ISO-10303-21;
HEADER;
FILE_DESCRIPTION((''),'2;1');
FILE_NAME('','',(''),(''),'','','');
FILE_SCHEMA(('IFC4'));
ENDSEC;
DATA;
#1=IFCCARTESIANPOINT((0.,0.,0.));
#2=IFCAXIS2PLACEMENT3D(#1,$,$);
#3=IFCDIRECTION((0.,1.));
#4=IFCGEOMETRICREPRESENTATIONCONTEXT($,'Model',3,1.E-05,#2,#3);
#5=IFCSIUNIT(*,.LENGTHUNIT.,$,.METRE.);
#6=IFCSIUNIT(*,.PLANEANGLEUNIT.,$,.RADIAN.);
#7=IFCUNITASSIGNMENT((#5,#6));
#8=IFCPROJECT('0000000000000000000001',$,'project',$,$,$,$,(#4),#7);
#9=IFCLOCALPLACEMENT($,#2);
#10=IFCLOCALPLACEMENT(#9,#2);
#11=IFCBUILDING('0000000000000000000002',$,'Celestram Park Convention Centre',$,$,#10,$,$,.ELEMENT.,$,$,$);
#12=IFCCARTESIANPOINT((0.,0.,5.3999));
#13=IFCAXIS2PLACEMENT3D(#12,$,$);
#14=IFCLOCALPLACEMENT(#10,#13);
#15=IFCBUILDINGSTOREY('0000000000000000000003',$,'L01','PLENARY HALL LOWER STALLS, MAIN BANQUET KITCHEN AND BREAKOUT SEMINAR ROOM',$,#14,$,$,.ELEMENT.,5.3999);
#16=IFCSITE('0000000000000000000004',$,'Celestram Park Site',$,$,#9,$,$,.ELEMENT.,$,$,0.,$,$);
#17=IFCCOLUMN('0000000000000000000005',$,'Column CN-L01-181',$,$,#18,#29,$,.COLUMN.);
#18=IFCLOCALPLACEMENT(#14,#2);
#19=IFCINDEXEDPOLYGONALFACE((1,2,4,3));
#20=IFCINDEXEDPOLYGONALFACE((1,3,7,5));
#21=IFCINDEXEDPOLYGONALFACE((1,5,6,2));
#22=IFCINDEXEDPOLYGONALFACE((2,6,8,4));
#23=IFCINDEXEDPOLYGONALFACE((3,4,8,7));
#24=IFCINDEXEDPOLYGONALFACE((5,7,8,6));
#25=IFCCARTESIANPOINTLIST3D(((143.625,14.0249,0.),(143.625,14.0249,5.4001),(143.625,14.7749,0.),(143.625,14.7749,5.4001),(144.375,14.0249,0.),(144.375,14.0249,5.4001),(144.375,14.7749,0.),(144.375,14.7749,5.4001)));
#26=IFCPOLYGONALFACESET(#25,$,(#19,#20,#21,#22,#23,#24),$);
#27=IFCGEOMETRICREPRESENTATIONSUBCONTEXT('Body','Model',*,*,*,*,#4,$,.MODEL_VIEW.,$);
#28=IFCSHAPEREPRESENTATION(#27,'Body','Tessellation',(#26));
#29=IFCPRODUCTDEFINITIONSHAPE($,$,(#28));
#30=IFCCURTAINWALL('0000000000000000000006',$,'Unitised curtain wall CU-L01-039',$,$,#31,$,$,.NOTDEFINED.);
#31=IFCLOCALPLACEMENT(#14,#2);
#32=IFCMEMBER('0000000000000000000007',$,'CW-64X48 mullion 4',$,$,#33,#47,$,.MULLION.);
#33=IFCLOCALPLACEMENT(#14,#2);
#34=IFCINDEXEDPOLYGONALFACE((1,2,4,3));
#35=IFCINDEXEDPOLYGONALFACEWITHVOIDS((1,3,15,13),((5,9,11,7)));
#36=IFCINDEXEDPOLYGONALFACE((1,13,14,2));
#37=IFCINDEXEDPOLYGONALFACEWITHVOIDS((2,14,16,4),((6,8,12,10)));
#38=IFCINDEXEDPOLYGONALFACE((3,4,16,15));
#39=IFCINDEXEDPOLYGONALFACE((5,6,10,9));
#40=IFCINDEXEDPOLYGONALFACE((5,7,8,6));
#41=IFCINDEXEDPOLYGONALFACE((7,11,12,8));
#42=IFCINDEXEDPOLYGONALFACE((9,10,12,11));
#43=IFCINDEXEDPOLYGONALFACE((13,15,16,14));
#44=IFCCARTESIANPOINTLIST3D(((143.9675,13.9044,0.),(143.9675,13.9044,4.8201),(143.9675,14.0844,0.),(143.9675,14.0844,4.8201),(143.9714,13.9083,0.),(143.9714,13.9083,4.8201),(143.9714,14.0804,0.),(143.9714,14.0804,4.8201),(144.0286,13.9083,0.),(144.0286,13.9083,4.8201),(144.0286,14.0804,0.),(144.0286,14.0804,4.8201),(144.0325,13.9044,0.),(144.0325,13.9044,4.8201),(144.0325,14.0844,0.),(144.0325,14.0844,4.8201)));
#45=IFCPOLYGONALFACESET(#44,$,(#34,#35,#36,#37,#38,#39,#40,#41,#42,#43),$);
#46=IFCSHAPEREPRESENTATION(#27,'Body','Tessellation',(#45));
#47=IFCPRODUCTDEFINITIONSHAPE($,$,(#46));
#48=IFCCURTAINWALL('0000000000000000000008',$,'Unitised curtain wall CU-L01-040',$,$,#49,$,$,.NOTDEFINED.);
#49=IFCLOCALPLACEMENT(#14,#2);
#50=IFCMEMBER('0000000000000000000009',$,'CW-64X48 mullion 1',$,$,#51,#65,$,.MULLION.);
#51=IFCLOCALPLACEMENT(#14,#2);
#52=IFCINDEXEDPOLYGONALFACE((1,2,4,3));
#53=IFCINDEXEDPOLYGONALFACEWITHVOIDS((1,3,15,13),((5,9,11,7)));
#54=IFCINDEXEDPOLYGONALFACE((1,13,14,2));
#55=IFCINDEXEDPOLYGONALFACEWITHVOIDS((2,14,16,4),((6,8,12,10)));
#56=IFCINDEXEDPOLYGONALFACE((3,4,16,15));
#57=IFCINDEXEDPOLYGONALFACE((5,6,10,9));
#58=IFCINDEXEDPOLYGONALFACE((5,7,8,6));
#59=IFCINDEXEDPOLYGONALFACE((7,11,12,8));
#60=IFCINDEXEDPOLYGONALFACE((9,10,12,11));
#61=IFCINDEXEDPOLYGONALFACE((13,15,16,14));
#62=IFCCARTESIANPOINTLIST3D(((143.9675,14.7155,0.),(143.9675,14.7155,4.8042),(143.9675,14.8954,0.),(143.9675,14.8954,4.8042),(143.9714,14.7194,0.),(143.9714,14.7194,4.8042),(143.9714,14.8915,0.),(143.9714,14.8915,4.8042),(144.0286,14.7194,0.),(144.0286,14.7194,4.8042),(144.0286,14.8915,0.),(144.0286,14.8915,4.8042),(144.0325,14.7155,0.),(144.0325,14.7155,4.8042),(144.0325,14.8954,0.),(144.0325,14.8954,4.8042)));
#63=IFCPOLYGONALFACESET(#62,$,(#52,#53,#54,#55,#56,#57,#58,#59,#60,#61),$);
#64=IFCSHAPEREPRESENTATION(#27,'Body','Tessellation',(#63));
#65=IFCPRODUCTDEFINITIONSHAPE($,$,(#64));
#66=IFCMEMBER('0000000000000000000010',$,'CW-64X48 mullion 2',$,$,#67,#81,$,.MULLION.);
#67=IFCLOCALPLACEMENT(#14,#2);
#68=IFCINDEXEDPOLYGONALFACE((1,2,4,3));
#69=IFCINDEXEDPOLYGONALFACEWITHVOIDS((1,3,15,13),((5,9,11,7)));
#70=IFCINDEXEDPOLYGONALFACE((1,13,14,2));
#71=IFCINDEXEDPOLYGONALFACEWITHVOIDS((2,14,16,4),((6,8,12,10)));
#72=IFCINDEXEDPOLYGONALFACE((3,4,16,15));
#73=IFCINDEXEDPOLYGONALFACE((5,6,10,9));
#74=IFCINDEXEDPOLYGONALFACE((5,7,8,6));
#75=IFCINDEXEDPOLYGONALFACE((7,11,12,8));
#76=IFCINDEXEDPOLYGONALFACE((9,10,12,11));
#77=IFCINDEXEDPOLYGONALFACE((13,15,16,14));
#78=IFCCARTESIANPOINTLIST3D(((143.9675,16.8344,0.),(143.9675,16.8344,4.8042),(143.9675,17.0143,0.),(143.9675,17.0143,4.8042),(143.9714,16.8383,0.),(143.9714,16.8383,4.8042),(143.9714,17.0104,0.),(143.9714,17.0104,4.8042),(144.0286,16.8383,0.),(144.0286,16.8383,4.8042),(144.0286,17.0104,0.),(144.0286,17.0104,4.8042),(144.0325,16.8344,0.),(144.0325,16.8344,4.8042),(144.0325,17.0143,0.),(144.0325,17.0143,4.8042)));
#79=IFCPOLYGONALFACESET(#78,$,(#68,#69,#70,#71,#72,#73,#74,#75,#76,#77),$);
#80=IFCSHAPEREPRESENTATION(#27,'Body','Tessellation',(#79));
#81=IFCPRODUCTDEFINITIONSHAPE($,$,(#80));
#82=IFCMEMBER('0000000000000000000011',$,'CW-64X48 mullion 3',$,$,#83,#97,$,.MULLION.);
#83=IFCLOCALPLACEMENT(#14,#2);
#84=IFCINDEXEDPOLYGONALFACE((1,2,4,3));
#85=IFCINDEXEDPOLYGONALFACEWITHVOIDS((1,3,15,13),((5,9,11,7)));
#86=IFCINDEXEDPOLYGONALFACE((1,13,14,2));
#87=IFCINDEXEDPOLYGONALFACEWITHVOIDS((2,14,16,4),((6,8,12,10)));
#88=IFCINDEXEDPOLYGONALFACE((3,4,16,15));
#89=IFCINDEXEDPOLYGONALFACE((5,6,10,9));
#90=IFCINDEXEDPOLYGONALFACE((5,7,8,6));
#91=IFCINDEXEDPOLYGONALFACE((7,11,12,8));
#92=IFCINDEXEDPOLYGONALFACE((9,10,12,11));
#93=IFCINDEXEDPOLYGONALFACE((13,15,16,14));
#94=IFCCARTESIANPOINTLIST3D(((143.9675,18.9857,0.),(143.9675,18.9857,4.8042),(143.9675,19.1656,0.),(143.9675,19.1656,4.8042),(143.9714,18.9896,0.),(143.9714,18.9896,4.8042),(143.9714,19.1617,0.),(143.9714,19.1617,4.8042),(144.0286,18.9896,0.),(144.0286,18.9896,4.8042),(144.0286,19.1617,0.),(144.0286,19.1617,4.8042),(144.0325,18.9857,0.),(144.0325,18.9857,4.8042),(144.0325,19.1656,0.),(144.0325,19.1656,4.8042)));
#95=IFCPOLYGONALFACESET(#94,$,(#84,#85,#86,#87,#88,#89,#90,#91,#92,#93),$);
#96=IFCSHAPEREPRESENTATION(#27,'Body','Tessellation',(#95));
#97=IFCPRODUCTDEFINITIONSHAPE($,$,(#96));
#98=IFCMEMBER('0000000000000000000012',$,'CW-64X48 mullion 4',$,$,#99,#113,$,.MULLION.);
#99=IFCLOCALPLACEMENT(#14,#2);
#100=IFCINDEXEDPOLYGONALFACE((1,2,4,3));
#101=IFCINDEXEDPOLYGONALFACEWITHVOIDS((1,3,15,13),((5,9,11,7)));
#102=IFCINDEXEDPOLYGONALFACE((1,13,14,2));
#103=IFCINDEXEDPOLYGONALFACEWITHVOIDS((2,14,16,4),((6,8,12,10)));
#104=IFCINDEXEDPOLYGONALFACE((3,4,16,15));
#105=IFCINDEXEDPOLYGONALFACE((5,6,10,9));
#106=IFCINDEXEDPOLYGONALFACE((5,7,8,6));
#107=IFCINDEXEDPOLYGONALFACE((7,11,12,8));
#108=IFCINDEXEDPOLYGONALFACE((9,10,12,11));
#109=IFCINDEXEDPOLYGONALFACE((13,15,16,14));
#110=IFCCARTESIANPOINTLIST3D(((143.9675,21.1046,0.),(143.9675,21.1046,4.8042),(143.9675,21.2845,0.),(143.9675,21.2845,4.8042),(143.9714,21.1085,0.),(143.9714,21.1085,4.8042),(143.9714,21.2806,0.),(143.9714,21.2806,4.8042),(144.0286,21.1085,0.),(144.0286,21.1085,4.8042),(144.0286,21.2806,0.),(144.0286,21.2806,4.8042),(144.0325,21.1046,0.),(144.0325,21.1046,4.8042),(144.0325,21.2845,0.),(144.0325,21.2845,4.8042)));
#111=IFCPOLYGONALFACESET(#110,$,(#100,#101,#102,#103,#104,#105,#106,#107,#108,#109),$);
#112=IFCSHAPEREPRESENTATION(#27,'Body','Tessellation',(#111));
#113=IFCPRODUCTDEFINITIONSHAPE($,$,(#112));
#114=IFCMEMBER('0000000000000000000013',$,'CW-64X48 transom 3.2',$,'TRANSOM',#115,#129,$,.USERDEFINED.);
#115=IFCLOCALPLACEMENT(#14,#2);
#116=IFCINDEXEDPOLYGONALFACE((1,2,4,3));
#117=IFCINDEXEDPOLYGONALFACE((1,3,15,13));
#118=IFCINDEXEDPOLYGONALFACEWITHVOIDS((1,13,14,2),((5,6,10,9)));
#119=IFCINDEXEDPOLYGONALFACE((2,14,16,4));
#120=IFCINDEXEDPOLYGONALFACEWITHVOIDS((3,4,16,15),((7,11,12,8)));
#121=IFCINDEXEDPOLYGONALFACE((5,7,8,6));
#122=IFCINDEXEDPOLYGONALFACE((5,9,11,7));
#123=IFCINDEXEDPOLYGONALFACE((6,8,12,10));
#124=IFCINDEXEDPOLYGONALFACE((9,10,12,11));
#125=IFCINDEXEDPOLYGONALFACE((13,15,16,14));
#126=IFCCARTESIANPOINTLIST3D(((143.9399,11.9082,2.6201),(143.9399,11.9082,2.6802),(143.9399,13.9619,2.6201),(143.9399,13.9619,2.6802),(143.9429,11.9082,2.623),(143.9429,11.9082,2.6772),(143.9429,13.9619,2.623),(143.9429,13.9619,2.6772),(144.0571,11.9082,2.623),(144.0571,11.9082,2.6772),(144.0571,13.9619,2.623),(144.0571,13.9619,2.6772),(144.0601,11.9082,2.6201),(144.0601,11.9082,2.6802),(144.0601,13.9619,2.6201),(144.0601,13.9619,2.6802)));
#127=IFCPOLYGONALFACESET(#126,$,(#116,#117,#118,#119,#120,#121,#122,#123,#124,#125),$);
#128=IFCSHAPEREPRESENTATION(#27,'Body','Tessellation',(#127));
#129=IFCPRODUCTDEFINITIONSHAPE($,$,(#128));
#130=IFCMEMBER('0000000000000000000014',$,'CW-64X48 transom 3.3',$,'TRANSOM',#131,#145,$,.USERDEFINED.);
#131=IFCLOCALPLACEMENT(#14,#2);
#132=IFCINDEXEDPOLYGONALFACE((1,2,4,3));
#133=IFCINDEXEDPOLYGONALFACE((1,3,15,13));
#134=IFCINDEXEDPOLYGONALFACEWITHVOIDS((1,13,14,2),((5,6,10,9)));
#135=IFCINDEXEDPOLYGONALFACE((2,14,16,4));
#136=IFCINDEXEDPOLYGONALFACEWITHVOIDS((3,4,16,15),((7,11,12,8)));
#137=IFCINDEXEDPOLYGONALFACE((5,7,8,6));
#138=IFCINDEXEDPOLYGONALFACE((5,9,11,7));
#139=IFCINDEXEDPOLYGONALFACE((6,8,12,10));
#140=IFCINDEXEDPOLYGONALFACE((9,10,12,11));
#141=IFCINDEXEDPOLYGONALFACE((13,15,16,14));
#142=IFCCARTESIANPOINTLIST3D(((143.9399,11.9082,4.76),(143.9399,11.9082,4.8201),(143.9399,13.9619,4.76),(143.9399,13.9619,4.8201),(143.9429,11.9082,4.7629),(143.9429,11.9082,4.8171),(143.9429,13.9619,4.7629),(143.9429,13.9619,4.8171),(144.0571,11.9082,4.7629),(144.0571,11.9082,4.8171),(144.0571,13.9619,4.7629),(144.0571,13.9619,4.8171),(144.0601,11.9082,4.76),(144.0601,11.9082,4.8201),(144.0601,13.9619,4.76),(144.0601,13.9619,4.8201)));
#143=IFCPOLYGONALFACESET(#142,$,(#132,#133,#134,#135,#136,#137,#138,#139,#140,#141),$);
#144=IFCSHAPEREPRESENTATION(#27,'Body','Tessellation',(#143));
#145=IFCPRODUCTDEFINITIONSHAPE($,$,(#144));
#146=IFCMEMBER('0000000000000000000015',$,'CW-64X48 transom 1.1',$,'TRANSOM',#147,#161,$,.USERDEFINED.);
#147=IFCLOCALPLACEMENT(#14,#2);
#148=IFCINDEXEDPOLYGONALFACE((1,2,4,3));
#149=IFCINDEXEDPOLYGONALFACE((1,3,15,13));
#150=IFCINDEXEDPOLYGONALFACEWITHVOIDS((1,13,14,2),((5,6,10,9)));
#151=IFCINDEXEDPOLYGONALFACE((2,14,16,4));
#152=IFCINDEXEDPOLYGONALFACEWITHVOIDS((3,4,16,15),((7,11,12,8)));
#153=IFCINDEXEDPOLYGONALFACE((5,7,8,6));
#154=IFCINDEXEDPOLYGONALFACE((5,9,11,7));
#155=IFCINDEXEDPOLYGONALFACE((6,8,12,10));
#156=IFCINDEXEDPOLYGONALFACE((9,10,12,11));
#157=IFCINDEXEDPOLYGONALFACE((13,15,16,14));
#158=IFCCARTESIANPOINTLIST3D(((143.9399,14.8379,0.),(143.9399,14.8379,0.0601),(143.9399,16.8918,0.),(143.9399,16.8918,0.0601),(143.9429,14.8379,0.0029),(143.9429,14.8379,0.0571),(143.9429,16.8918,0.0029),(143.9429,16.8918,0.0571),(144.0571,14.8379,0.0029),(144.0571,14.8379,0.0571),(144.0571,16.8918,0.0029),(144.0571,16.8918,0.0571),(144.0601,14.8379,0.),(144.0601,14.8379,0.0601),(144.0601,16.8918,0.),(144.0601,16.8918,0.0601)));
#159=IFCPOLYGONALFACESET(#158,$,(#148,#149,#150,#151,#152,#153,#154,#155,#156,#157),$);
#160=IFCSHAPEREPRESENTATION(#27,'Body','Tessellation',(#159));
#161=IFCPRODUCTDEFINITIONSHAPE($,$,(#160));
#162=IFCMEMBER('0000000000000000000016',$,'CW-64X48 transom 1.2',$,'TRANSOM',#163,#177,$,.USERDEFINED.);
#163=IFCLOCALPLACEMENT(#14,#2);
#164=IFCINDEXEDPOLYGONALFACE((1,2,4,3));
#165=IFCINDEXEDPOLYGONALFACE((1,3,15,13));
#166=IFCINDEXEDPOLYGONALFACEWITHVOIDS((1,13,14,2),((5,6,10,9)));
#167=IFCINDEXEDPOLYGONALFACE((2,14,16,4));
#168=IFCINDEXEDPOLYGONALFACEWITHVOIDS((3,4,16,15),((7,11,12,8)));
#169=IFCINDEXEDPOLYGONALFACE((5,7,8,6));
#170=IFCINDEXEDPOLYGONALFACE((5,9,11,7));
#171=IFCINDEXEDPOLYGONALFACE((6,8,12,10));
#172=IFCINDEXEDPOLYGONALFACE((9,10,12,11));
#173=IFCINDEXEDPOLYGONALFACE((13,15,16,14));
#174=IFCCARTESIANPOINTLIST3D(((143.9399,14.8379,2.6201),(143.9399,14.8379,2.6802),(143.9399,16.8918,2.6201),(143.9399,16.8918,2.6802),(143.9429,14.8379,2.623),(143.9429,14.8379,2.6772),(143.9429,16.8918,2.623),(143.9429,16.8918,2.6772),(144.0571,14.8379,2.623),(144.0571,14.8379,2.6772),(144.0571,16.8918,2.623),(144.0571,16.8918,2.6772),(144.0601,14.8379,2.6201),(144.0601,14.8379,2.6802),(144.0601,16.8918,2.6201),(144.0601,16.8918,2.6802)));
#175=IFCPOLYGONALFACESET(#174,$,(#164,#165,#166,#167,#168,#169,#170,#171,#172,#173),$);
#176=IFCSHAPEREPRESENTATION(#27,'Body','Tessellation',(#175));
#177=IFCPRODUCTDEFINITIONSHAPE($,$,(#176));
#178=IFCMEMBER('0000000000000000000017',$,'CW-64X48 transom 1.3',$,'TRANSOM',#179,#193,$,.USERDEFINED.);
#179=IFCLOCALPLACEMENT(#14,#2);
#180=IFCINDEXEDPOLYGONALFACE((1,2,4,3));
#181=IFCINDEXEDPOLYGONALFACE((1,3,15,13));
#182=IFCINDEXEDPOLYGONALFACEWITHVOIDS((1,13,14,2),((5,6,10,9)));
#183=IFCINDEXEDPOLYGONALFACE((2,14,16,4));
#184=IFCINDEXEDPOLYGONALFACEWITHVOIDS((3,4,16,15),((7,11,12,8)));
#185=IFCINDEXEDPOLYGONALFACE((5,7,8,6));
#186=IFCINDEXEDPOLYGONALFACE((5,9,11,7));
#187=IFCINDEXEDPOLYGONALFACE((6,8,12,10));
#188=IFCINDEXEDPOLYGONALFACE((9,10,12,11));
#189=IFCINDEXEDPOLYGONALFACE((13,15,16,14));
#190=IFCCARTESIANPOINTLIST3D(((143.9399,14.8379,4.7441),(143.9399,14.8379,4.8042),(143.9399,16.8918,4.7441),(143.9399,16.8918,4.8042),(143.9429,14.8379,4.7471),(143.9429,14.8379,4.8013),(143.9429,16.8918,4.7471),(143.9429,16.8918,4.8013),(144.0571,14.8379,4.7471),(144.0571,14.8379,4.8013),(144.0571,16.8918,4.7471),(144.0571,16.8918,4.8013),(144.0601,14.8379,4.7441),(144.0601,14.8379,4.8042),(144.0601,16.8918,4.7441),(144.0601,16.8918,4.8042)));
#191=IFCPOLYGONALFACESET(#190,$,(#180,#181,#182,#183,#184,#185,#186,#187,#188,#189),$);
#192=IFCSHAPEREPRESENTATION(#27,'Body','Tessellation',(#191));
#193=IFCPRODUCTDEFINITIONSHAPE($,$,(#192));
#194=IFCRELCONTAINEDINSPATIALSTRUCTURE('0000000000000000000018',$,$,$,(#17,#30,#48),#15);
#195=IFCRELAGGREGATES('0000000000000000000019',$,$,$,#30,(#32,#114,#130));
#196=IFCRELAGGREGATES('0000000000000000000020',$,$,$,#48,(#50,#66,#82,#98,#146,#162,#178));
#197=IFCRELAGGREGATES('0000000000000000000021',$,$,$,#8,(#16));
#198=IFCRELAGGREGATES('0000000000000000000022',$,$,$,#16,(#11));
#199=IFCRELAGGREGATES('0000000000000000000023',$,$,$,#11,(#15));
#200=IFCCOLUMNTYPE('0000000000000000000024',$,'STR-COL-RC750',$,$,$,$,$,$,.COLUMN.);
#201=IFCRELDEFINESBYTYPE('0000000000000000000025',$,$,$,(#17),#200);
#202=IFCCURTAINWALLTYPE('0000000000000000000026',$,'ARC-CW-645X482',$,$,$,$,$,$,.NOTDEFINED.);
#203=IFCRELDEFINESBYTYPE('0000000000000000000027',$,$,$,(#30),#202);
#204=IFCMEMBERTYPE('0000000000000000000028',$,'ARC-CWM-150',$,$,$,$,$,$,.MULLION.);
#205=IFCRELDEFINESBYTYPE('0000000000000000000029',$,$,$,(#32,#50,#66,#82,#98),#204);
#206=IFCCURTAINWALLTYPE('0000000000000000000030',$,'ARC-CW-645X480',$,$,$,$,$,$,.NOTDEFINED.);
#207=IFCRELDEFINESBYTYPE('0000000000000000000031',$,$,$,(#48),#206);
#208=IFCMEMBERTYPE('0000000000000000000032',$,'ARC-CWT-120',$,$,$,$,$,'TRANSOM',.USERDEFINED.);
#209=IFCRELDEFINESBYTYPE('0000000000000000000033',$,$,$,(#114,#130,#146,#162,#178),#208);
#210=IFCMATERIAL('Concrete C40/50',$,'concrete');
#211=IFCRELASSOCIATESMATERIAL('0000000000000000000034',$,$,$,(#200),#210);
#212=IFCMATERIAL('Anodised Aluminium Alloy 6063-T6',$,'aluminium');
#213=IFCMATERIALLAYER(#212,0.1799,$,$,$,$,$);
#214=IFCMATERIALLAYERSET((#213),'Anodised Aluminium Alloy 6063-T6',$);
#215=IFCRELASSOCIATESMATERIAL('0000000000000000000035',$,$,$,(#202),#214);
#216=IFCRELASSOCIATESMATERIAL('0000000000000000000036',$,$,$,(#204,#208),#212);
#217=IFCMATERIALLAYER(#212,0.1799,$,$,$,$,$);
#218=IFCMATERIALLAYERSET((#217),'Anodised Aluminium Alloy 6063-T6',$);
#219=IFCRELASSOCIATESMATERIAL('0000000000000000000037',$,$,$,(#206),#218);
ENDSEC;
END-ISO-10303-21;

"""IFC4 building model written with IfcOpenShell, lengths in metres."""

from ifc_helpers import new_model, si_unit, direction, frame, origin, origin_2d, place, context, subcontext, project, spatial, rectangle, hollow_rectangle, extrude, material, layer, layer_set, material_profile, profile_set, type_object, element, aggregate, save


model = new_model("IFC4")

# Units and contexts
model_context = context("Model", 3, precision=1e-05, world=origin(), true_north=direction((0.0, 1.0)))
body_context = subcontext(model_context, "Body", "Model", "MODEL_VIEW")
ifc_project = project(units=[si_unit("LENGTHUNIT", "METRE"), si_unit("PLANEANGLEUNIT", "RADIAN")], contexts=[model_context])

# Site, building, storey
site_placement = place(None, origin())
site = spatial("IfcSite", under=ifc_project, at=site_placement, Name="Celestram Park Site", CompositionType="ELEMENT", RefElevation=0.0)
building_placement = place(site_placement, origin())
building = spatial("IfcBuilding", under=site, at=building_placement, Name="Celestram Park Convention Centre", CompositionType="ELEMENT")
storey_placement = place(building_placement, frame((0.0, 0.0, 5.3999)))
storey = spatial("IfcBuildingStorey", under=building, at=storey_placement, Name="L01", Description="PLENARY HALL LOWER STALLS, MAIN BANQUET KITCHEN AND BREAKOUT SEMINAR ROOM", CompositionType="ELEMENT", Elevation=5.3999)

# Column
ifc_material_1 = material(Name="Concrete C40/50", Category="concrete")
ifc_material_profile_1 = material_profile(ifc_material_1, rectangle(XDim=0.75, YDim=0.75, at=origin_2d()), Name="RC750X750")
ifc_profile_set_1 = profile_set([ifc_material_profile_1], Name="Concrete C40/50")
column_type = type_object("IfcColumnType", Name="STR-COL-RC750", PredefinedType="COLUMN", material=ifc_profile_set_1)
column_placement = place(storey_placement, frame((144.0, 14.3999, 0.0), z_axis=(0.0, 0.0, 1.0), x_axis=(1.0, 0.0, 0.0)))
element("IfcColumn", 1, at=column_placement, inside=storey, type_object=column_type, Name="Column CN-L01-181", PredefinedType="COLUMN", context=body_context, shape_type="SweptSolid", body=[
    extrude(rectangle(XDim=0.75, YDim=0.75, at=origin_2d()), origin(), (0.0, 0.0, 1.0), 5.4001),
])

# Curtain wall, member
ifc_material_2 = material(Name="Anodised Aluminium Alloy 6063-T6", Category="aluminium")
ifc_layer_1 = layer(ifc_material_2, 0.1799)
ifc_layer_set_1 = layer_set([ifc_layer_1], Name="Anodised Aluminium Alloy 6063-T6")
curtain_wall_type_1 = type_object("IfcCurtainWallType", Name="ARC-CW-645X482", PredefinedType="NOTDEFINED", material=ifc_layer_set_1)
curtain_wall_1_placement = place(storey_placement, origin())
curtain_wall_1 = element("IfcCurtainWall", 2, at=curtain_wall_1_placement, inside=storey, type_object=curtain_wall_type_1, Name="Unitised curtain wall CU-L01-039", PredefinedType="NOTDEFINED")
ifc_material_profile_2 = material_profile(ifc_material_2, hollow_rectangle(XDim=0.0649, YDim=0.1799, WallThickness=0.0039, at=origin_2d()), Name="ALU65X180X4")
ifc_profile_set_2 = profile_set([ifc_material_profile_2], Name="Anodised Aluminium Alloy 6063-T6")
member_type_1 = type_object("IfcMemberType", Name="ARC-CWM-150", PredefinedType="MULLION", material=ifc_profile_set_2)
member_1_placement = place(storey_placement, frame((144.0, 13.9944, 0.0), z_axis=(0.0, 0.0, 1.0), x_axis=(-1.0, 0.0, 0.0)))
member_1 = element("IfcMember", 3, at=member_1_placement, type_object=member_type_1, Name="CW-64X48 mullion 4", PredefinedType="MULLION", context=body_context, shape_type="SweptSolid", body=[
    extrude(hollow_rectangle(XDim=0.0649, YDim=0.1799, WallThickness=0.0039, at=origin_2d()), origin(), (0.0, 0.0, 1.0), 4.8201),
])

# Curtain wall, members
ifc_layer_2 = layer(ifc_material_2, 0.1799)
ifc_layer_set_2 = layer_set([ifc_layer_2], Name="Anodised Aluminium Alloy 6063-T6")
curtain_wall_type_2 = type_object("IfcCurtainWallType", Name="ARC-CW-645X480", PredefinedType="NOTDEFINED", material=ifc_layer_set_2)
curtain_wall_2_placement = place(storey_placement, origin())
curtain_wall_2 = element("IfcCurtainWall", 4, at=curtain_wall_2_placement, inside=storey, type_object=curtain_wall_type_2, Name="Unitised curtain wall CU-L01-040", PredefinedType="NOTDEFINED")
member_2_placement = place(storey_placement, frame((144.0, 14.8054, 0.0), z_axis=(0.0, 0.0, 1.0), x_axis=(-1.0, 0.0, 0.0)))
member_2 = element("IfcMember", 5, at=member_2_placement, type_object=member_type_1, Name="CW-64X48 mullion 1", PredefinedType="MULLION", context=body_context, shape_type="SweptSolid", body=[
    extrude(hollow_rectangle(XDim=0.0649, YDim=0.1799, WallThickness=0.0039, at=origin_2d()), origin(), (0.0, 0.0, 1.0), 4.8042),
])
member_3_placement = place(storey_placement, frame((144.0, 16.9243, 0.0), z_axis=(0.0, 0.0, 1.0), x_axis=(-1.0, 0.0, 0.0)))
member_3 = element("IfcMember", 6, at=member_3_placement, type_object=member_type_1, Name="CW-64X48 mullion 2", PredefinedType="MULLION", context=body_context, shape_type="SweptSolid", body=[
    extrude(hollow_rectangle(XDim=0.0649, YDim=0.1799, WallThickness=0.0039, at=origin_2d()), origin(), (0.0, 0.0, 1.0), 4.8042),
])
member_4_placement = place(storey_placement, frame((144.0, 19.0757, 0.0), z_axis=(0.0, 0.0, 1.0), x_axis=(-1.0, 0.0, 0.0)))
member_4 = element("IfcMember", 7, at=member_4_placement, type_object=member_type_1, Name="CW-64X48 mullion 3", PredefinedType="MULLION", context=body_context, shape_type="SweptSolid", body=[
    extrude(hollow_rectangle(XDim=0.0649, YDim=0.1799, WallThickness=0.0039, at=origin_2d()), origin(), (0.0, 0.0, 1.0), 4.8042),
])
member_5_placement = place(storey_placement, frame((144.0, 21.1946, 0.0), z_axis=(0.0, 0.0, 1.0), x_axis=(-1.0, 0.0, 0.0)))
member_5 = element("IfcMember", 8, at=member_5_placement, type_object=member_type_1, Name="CW-64X48 mullion 4", PredefinedType="MULLION", context=body_context, shape_type="SweptSolid", body=[
    extrude(hollow_rectangle(XDim=0.0649, YDim=0.1799, WallThickness=0.0039, at=origin_2d()), origin(), (0.0, 0.0, 1.0), 4.8042),
])

# Members
ifc_material_profile_3 = material_profile(ifc_material_2, hollow_rectangle(XDim=0.1201, YDim=0.0601, WallThickness=0.0029, at=origin_2d()), Name="ALU120X60X3")
ifc_profile_set_3 = profile_set([ifc_material_profile_3], Name="Anodised Aluminium Alloy 6063-T6")
member_type_2 = type_object("IfcMemberType", Name="ARC-CWT-120", ElementType="TRANSOM", PredefinedType="USERDEFINED", material=ifc_profile_set_3)
member_6_placement = place(storey_placement, frame((144.0, 11.9082, 2.6501), z_axis=(0.0, 1.0, 0.0), x_axis=(-1.0, 0.0, 0.0)))
member_6 = element("IfcMember", 9, at=member_6_placement, type_object=member_type_2, Name="CW-64X48 transom 3.2", ObjectType="TRANSOM", PredefinedType="USERDEFINED", context=body_context, shape_type="SweptSolid", body=[
    extrude(hollow_rectangle(XDim=0.1201, YDim=0.0601, WallThickness=0.0029, at=origin_2d()), origin(), (0.0, 0.0, 1.0), 2.0537),
])
member_7_placement = place(storey_placement, frame((144.0, 11.9082, 4.79), z_axis=(0.0, 1.0, 0.0), x_axis=(-1.0, 0.0, 0.0)))
member_7 = element("IfcMember", 10, at=member_7_placement, type_object=member_type_2, Name="CW-64X48 transom 3.3", ObjectType="TRANSOM", PredefinedType="USERDEFINED", context=body_context, shape_type="SweptSolid", body=[
    extrude(hollow_rectangle(XDim=0.1201, YDim=0.0601, WallThickness=0.0029, at=origin_2d()), origin(), (0.0, 0.0, 1.0), 2.0537),
])
member_8_placement = place(storey_placement, frame((144.0, 14.8379, 0.03), z_axis=(0.0, 1.0, 0.0), x_axis=(-1.0, 0.0, 0.0)))
member_8 = element("IfcMember", 11, at=member_8_placement, type_object=member_type_2, Name="CW-64X48 transom 1.1", ObjectType="TRANSOM", PredefinedType="USERDEFINED", context=body_context, shape_type="SweptSolid", body=[
    extrude(hollow_rectangle(XDim=0.1201, YDim=0.0601, WallThickness=0.0029, at=origin_2d()), origin(), (0.0, 0.0, 1.0), 2.054),
])
member_9_placement = place(storey_placement, frame((144.0, 14.8379, 2.6501), z_axis=(0.0, 1.0, 0.0), x_axis=(-1.0, 0.0, 0.0)))
member_9 = element("IfcMember", 12, at=member_9_placement, type_object=member_type_2, Name="CW-64X48 transom 1.2", ObjectType="TRANSOM", PredefinedType="USERDEFINED", context=body_context, shape_type="SweptSolid", body=[
    extrude(hollow_rectangle(XDim=0.1201, YDim=0.0601, WallThickness=0.0029, at=origin_2d()), origin(), (0.0, 0.0, 1.0), 2.054),
])
member_10_placement = place(storey_placement, frame((144.0, 14.8379, 4.7742), z_axis=(0.0, 1.0, 0.0), x_axis=(-1.0, 0.0, 0.0)))
member_10 = element("IfcMember", 13, at=member_10_placement, type_object=member_type_2, Name="CW-64X48 transom 1.3", ObjectType="TRANSOM", PredefinedType="USERDEFINED", context=body_context, shape_type="SweptSolid", body=[
    extrude(hollow_rectangle(XDim=0.1201, YDim=0.0601, WallThickness=0.0029, at=origin_2d()), origin(), (0.0, 0.0, 1.0), 2.054),
])

aggregate(curtain_wall_1, [member_1, member_6, member_7])
aggregate(curtain_wall_2, [member_2, member_3, member_4, member_5, member_8, member_9, member_10])

save(model, "model.ifc")
